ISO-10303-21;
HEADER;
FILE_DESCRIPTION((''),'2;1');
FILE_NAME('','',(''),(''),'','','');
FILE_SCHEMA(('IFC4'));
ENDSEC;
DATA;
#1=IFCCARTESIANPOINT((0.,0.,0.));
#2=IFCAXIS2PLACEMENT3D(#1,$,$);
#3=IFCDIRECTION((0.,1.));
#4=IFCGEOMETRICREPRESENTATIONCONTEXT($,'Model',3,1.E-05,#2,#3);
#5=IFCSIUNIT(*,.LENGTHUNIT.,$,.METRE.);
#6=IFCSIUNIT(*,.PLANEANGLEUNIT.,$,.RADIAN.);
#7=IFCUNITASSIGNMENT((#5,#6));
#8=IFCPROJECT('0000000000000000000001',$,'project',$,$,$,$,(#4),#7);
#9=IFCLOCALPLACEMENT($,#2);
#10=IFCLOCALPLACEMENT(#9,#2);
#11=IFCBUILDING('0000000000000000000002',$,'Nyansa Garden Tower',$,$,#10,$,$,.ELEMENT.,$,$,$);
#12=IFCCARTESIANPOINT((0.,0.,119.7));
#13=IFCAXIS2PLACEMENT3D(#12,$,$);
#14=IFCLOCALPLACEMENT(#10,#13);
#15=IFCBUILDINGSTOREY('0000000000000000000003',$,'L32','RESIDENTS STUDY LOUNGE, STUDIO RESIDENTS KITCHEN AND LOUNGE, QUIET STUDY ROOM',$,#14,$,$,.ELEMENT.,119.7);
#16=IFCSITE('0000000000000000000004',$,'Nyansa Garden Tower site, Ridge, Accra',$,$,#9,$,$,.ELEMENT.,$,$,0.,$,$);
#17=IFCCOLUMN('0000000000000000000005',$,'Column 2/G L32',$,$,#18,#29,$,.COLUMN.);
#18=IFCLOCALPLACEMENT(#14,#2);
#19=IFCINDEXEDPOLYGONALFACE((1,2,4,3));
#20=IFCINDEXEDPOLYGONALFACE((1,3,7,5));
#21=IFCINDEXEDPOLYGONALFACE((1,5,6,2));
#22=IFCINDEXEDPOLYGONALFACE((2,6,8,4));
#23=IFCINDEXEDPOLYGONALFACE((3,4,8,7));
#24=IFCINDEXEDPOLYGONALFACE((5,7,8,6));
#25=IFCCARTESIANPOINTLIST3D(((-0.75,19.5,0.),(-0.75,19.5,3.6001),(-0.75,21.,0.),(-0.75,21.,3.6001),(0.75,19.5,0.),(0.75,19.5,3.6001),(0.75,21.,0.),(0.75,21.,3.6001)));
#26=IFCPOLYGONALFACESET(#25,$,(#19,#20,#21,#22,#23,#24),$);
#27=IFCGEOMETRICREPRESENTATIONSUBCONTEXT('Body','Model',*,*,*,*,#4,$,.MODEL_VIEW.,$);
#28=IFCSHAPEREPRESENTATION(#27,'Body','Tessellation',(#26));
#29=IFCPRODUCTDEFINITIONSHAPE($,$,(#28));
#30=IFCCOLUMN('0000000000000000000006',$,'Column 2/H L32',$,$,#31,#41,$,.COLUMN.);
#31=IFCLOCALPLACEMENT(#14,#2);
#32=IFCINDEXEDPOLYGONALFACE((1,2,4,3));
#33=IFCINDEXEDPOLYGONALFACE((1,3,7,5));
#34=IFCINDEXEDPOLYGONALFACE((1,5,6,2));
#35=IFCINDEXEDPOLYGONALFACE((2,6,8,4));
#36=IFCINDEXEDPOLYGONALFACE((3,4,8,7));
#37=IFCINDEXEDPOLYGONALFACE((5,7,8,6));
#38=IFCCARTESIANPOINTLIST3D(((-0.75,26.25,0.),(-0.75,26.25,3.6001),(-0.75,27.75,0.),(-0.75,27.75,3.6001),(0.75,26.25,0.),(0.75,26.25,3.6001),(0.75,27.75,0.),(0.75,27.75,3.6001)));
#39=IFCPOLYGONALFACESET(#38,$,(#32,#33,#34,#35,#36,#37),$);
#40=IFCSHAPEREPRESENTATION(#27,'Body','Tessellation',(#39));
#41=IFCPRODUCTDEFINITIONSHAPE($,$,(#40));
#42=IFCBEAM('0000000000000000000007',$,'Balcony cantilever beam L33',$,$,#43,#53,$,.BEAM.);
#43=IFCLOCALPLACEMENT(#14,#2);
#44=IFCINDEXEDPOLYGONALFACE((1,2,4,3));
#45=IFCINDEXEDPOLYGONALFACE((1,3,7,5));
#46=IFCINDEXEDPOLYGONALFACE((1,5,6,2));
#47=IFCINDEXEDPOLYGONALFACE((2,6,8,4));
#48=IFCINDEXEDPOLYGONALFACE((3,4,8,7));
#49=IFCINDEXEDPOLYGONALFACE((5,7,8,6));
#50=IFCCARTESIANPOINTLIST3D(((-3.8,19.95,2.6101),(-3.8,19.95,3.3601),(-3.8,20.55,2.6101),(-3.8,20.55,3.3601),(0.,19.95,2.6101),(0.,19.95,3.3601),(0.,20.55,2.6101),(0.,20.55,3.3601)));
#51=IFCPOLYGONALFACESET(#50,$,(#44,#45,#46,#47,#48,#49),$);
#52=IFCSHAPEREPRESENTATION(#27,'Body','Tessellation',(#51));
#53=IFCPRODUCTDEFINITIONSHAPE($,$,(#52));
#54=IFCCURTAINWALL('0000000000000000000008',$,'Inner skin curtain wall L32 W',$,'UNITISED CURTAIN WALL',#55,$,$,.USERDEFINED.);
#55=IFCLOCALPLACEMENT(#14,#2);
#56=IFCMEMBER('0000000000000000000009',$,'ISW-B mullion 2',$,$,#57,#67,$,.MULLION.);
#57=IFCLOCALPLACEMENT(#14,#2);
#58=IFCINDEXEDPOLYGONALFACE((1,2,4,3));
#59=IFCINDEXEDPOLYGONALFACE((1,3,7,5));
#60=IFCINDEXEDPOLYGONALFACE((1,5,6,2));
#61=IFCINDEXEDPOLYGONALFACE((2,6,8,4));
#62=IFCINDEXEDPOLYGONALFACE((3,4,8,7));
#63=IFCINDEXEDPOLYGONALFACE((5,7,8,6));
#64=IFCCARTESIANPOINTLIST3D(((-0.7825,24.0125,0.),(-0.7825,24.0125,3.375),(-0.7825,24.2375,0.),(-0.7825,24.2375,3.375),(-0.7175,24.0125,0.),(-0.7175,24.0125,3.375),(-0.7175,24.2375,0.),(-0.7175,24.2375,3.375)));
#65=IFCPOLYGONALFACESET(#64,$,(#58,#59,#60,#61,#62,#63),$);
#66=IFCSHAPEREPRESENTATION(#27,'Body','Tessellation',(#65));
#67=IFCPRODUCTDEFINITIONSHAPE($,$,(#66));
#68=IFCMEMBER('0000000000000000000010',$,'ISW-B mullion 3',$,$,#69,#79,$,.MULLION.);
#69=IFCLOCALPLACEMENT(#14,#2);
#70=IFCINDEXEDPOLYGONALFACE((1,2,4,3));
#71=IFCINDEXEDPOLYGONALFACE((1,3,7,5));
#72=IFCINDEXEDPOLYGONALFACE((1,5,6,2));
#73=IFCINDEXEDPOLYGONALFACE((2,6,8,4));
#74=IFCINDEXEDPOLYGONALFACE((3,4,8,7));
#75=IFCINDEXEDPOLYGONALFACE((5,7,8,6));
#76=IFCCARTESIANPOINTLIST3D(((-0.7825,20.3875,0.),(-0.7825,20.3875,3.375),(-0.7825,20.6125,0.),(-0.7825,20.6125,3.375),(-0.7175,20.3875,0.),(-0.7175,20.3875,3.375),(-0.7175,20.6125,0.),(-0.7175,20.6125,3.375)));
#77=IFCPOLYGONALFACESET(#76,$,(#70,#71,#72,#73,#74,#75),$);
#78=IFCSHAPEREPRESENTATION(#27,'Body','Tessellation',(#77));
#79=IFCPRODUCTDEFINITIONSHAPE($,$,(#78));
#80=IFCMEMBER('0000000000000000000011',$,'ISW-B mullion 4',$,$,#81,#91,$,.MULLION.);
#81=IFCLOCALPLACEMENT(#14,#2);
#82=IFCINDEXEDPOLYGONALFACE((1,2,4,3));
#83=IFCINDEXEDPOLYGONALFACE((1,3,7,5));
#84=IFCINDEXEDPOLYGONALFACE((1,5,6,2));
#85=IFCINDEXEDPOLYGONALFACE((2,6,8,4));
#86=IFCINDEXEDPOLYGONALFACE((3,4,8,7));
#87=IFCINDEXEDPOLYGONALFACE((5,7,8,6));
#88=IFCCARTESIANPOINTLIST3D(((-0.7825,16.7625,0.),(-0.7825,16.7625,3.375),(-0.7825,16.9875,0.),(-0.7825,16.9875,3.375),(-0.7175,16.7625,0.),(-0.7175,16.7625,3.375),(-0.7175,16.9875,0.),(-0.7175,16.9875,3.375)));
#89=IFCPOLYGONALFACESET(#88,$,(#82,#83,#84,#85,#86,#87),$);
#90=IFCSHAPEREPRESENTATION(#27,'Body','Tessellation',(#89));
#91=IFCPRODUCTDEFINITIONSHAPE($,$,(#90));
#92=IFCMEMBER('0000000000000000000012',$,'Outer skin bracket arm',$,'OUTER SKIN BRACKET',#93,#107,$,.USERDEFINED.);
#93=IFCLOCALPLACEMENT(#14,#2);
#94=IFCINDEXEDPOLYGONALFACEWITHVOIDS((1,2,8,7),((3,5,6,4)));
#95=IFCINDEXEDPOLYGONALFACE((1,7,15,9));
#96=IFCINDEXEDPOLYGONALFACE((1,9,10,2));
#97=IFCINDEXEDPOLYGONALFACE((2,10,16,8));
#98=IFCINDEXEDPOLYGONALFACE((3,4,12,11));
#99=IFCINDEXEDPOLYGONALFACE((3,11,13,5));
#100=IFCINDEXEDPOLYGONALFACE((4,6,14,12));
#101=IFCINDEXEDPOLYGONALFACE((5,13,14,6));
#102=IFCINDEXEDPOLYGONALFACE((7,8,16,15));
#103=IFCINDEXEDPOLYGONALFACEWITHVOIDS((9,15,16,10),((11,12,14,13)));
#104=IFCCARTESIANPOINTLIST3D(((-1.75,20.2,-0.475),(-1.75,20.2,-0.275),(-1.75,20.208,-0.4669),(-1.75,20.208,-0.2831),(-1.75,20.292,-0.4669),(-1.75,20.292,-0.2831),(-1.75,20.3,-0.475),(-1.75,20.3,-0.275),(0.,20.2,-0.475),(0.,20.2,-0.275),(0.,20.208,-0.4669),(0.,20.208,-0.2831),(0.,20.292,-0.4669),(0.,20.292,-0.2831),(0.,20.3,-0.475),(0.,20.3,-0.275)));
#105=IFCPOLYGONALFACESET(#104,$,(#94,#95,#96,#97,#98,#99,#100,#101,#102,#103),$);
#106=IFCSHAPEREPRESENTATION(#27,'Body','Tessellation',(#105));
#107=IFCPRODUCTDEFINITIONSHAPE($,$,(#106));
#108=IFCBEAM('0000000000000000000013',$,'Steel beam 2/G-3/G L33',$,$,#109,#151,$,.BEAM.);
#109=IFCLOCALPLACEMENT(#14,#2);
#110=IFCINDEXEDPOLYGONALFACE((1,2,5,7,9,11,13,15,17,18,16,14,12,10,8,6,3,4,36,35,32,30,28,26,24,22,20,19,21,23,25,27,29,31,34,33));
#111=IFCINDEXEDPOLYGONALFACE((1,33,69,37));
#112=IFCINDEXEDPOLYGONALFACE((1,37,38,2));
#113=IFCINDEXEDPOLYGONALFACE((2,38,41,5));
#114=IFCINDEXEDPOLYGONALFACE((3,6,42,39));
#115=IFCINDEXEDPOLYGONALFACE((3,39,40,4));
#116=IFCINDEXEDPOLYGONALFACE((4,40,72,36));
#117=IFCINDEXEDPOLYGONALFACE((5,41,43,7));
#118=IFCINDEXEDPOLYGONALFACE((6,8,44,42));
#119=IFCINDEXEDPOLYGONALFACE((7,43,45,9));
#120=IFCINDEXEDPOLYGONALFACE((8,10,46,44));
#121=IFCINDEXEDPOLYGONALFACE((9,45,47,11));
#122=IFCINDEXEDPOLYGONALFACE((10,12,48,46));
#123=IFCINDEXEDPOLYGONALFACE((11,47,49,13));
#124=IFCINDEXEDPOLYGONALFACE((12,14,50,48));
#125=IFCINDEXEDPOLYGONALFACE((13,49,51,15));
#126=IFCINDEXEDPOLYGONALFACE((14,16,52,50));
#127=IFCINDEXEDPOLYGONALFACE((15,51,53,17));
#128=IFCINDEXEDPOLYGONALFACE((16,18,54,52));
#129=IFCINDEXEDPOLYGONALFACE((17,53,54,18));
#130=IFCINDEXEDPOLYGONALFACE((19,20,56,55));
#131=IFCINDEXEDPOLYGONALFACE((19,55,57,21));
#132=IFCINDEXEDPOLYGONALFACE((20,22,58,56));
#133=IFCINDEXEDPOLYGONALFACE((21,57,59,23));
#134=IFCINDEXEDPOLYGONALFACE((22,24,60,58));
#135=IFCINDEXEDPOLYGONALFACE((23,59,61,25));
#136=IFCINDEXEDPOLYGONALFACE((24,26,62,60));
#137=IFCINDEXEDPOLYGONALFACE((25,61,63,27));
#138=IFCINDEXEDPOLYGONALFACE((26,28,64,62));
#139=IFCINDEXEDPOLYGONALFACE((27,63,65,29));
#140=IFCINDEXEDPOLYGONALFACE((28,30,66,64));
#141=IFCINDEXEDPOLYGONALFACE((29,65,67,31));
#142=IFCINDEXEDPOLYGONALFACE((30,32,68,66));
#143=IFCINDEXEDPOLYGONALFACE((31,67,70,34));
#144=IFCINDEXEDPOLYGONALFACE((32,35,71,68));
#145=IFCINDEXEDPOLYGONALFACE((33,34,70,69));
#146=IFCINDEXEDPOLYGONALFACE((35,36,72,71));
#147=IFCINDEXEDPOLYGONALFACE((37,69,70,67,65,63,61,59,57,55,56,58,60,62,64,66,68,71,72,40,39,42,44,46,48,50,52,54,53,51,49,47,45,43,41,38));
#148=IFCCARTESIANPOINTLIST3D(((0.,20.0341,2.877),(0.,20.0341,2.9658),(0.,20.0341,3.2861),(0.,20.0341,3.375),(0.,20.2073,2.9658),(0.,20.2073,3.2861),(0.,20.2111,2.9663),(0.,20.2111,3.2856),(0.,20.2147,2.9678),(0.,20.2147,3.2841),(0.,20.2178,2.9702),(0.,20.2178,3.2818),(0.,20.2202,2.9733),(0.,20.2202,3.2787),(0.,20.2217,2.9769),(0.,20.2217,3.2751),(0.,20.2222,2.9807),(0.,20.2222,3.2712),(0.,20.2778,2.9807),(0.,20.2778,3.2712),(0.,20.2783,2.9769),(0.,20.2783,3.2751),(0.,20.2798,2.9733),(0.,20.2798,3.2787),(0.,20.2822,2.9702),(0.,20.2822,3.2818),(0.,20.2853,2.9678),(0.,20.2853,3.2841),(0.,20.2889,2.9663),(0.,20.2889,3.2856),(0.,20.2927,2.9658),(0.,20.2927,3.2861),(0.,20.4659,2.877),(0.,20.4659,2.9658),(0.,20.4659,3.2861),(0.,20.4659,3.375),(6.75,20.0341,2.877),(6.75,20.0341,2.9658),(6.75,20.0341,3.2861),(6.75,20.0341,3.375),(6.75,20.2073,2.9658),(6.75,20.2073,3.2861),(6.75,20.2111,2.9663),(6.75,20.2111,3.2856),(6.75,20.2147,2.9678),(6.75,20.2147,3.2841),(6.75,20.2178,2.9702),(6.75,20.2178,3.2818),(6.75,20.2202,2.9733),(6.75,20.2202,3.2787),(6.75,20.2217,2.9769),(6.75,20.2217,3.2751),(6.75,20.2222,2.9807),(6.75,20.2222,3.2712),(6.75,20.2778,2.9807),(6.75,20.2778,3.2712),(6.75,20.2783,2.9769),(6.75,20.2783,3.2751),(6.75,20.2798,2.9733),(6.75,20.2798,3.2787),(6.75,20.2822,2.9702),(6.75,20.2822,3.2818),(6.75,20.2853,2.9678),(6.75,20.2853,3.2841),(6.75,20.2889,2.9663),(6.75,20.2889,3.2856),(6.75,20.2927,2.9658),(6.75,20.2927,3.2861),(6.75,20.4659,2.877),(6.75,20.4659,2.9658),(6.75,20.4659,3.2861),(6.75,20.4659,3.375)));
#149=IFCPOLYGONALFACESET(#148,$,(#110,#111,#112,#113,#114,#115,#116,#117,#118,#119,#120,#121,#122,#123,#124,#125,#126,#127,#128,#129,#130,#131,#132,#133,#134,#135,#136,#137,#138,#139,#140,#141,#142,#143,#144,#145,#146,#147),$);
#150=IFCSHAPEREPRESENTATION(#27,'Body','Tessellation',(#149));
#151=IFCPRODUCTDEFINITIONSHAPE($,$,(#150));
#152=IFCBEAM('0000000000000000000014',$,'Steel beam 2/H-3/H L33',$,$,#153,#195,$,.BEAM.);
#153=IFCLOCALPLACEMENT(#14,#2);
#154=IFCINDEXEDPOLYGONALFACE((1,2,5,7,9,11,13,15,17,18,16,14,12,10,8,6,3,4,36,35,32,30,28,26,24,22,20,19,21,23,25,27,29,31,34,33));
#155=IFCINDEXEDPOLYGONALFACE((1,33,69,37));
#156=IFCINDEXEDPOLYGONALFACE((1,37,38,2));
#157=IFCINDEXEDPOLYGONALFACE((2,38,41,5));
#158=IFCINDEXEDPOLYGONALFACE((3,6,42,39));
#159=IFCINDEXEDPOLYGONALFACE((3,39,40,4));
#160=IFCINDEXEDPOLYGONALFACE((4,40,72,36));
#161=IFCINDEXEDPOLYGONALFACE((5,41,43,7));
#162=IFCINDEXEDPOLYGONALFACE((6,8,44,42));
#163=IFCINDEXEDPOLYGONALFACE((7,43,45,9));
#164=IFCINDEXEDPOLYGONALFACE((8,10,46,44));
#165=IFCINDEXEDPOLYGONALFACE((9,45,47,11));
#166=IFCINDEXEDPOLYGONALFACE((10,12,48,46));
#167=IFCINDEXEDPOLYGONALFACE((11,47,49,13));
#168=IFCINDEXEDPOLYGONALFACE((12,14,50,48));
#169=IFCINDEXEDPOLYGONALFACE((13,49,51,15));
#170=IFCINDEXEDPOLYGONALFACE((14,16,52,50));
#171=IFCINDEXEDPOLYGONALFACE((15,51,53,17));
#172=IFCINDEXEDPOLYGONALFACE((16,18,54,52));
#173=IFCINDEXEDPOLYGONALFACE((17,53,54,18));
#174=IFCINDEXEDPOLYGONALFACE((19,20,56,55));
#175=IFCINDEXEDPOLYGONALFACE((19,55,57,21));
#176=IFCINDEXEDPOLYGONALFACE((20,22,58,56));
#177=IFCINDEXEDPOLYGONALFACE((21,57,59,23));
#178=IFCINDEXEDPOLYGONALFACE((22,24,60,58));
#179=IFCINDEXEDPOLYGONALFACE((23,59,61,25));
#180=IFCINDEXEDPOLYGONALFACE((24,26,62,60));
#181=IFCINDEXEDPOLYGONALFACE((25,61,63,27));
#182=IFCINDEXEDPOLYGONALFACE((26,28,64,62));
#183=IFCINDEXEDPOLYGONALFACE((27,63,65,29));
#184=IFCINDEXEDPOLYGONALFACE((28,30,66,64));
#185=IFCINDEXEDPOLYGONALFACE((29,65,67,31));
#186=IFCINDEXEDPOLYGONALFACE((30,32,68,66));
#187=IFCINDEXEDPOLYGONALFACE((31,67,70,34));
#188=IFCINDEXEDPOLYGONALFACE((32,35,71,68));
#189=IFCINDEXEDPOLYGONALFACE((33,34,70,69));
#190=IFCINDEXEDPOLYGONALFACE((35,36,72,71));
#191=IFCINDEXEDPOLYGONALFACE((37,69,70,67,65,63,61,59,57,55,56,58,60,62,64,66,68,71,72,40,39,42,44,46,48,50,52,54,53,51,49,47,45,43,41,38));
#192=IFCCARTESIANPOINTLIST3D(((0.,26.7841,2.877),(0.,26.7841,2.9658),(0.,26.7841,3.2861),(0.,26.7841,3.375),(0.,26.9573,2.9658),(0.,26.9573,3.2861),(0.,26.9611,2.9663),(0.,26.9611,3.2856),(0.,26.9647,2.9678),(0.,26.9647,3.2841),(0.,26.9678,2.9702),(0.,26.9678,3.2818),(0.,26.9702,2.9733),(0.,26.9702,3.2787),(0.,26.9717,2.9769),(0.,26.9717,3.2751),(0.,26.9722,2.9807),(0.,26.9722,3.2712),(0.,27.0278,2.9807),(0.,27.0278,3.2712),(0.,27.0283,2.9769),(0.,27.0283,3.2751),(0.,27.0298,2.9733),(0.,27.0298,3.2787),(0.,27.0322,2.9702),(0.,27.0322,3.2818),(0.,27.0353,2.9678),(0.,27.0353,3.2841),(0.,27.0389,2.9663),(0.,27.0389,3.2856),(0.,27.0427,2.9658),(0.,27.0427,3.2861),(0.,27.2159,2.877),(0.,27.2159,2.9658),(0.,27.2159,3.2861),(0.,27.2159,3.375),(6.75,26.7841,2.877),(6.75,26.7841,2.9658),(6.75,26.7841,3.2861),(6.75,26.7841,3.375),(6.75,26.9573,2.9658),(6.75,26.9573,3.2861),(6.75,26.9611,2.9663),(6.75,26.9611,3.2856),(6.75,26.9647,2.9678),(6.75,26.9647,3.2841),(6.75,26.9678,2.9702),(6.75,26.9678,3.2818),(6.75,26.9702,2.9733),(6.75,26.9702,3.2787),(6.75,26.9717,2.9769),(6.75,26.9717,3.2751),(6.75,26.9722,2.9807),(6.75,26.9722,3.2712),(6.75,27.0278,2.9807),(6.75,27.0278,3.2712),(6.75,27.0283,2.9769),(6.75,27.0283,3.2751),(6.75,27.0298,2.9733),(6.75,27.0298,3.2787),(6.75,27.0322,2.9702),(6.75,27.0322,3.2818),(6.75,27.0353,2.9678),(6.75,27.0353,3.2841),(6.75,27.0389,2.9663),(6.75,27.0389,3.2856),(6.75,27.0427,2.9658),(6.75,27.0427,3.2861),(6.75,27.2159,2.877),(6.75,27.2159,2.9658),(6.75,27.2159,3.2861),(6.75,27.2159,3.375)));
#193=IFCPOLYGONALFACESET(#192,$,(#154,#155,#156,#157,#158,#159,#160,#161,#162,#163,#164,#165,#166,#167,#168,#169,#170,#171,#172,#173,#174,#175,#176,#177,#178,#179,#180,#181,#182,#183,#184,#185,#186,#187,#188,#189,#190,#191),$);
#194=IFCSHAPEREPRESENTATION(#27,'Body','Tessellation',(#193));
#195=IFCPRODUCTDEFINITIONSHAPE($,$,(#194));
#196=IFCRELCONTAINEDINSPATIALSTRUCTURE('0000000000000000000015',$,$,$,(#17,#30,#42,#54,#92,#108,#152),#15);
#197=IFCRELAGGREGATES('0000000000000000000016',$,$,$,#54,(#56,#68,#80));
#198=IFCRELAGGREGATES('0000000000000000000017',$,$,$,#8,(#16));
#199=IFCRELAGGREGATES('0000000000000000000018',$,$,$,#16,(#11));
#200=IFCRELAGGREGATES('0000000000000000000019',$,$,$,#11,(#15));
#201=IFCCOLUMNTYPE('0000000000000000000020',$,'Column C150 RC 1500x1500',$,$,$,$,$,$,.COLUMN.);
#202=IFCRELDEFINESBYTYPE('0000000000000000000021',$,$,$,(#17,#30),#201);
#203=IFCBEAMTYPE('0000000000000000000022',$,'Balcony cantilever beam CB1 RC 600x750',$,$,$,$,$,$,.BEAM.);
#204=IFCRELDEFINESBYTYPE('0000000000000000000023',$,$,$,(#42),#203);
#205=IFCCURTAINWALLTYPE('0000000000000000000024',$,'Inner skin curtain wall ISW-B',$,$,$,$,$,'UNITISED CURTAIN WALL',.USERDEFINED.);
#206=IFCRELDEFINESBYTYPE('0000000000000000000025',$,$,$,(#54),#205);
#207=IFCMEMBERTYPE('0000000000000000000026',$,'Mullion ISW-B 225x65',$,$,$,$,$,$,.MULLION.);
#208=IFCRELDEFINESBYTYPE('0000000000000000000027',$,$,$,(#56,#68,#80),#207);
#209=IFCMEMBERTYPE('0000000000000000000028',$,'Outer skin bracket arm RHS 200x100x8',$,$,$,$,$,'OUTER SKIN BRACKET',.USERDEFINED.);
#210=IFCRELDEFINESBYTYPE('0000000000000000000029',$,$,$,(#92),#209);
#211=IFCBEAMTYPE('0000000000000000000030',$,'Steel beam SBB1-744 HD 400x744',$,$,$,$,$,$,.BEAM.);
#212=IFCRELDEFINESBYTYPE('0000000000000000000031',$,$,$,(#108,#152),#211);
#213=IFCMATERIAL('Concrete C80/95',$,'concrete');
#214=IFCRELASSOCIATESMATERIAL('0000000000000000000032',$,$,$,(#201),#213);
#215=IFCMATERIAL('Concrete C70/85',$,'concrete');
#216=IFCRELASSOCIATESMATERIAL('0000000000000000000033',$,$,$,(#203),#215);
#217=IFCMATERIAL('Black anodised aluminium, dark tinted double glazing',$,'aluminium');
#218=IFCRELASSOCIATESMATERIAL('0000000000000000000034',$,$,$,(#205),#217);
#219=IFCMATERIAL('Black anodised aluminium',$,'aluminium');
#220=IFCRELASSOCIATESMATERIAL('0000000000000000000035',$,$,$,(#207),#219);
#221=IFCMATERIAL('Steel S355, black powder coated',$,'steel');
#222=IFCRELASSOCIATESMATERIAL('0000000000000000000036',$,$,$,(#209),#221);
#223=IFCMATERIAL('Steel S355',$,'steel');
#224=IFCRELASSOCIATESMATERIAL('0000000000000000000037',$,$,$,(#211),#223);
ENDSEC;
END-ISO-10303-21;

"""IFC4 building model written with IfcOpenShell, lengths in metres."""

from ifc_helpers import new_model, si_unit, direction, frame, origin, origin_2d, place, context, subcontext, project, spatial, rectangle, hollow_rectangle, i_section, extrude, material, material_profile, profile_set, type_object, element, aggregate, save


model = new_model("IFC4")

# Units and contexts
model_context = context("Model", 3, precision=1e-05, world=origin(), true_north=direction((0.0, 1.0)))
body_context = subcontext(model_context, "Body", "Model", "MODEL_VIEW")
ifc_project = project(units=[si_unit("LENGTHUNIT", "METRE"), si_unit("PLANEANGLEUNIT", "RADIAN")], contexts=[model_context])

# Site, building, storey
site_placement = place(None, origin())
site = spatial("IfcSite", under=ifc_project, at=site_placement, Name="Nyansa Garden Tower site, Ridge, Accra", CompositionType="ELEMENT", RefElevation=0.0)
building_placement = place(site_placement, origin())
building = spatial("IfcBuilding", under=site, at=building_placement, Name="Nyansa Garden Tower", CompositionType="ELEMENT")
storey_placement = place(building_placement, frame((0.0, 0.0, 119.7)))
storey = spatial("IfcBuildingStorey", under=building, at=storey_placement, Name="L32", Description="RESIDENTS STUDY LOUNGE, STUDIO RESIDENTS KITCHEN AND LOUNGE, QUIET STUDY ROOM", CompositionType="ELEMENT", Elevation=119.7)

# Columns
ifc_material_1 = material(Name="Concrete C80/95", Category="concrete")
ifc_material_profile_1 = material_profile(ifc_material_1, rectangle(XDim=1.5, YDim=1.5, at=origin_2d()), Name="RC 1500x1500")
ifc_profile_set_1 = profile_set([ifc_material_profile_1], Name="Concrete C80/95")
column_type = type_object("IfcColumnType", Name="Column C150 RC 1500x1500", PredefinedType="COLUMN", material=ifc_profile_set_1)
for number, where, z_axis, x_axis, name in (
    (1, (0.0, 20.25, 0.0), (0.0, 0.0, 1.0), (1.0, 0.0, 0.0), "Column 2/G L32"),
    (2, (0.0, 27.0, 0.0), (0.0, 0.0, 1.0), (1.0, 0.0, 0.0), "Column 2/H L32"),
):
    element("IfcColumn", number, at=place(storey_placement, frame(where, z_axis=z_axis, x_axis=x_axis)), inside=storey, type_object=column_type, Name=name, PredefinedType="COLUMN", context=body_context, shape_type="SweptSolid", body=[
        extrude(rectangle(XDim=1.5, YDim=1.5, at=origin_2d()), origin(), (0.0, 0.0, 1.0), 3.6001),
    ])

# Beam
ifc_material_2 = material(Name="Concrete C70/85", Category="concrete")
ifc_material_profile_2 = material_profile(ifc_material_2, rectangle(XDim=0.6001, YDim=0.75, at=origin_2d()), Name="RC 600x750")
ifc_profile_set_2 = profile_set([ifc_material_profile_2], Name="Concrete C70/85")
beam_type_1 = type_object("IfcBeamType", Name="Balcony cantilever beam CB1 RC 600x750", PredefinedType="BEAM", material=ifc_profile_set_2)
beam_1_placement = place(storey_placement, frame((0.0, 20.25, 2.9851), z_axis=(-1.0, 0.0, 0.0), x_axis=(0.0, -1.0, 0.0)))
element("IfcBeam", 3, at=beam_1_placement, inside=storey, type_object=beam_type_1, Name="Balcony cantilever beam L33", PredefinedType="BEAM", context=body_context, shape_type="SweptSolid", body=[
    extrude(rectangle(XDim=0.6001, YDim=0.75, at=origin_2d()), origin(), (0.0, 0.0, 1.0), 3.8),
])

# Curtain wall, members
ifc_material_3 = material(Name="Black anodised aluminium, dark tinted double glazing", Category="aluminium")
curtain_wall_type = type_object("IfcCurtainWallType", Name="Inner skin curtain wall ISW-B", ElementType="UNITISED CURTAIN WALL", PredefinedType="USERDEFINED", material=ifc_material_3)
curtain_wall_placement = place(storey_placement, origin())
curtain_wall = element("IfcCurtainWall", 4, at=curtain_wall_placement, inside=storey, type_object=curtain_wall_type, Name="Inner skin curtain wall L32 W", ObjectType="UNITISED CURTAIN WALL", PredefinedType="USERDEFINED")
ifc_material_4 = material(Name="Black anodised aluminium", Category="aluminium")
ifc_material_profile_3 = material_profile(ifc_material_4, rectangle(XDim=0.0649, YDim=0.2251, at=origin_2d()), Name="Mullion 225x65")
ifc_profile_set_3 = profile_set([ifc_material_profile_3], Name="Black anodised aluminium")
member_type_1 = type_object("IfcMemberType", Name="Mullion ISW-B 225x65", PredefinedType="MULLION", material=ifc_profile_set_3)
member_1_placement = place(storey_placement, frame((-0.75, 24.125, 0.0), z_axis=(0.0, 0.0, 1.0), x_axis=(1.0, 0.0, 0.0)))
member_1 = element("IfcMember", 5, at=member_1_placement, type_object=member_type_1, Name="ISW-B mullion 2", PredefinedType="MULLION", context=body_context, shape_type="SweptSolid", body=[
    extrude(rectangle(XDim=0.0649, YDim=0.2251, at=origin_2d()), origin(), (0.0, 0.0, 1.0), 3.375),
])
member_2_placement = place(storey_placement, frame((-0.75, 20.5, 0.0), z_axis=(0.0, 0.0, 1.0), x_axis=(1.0, 0.0, 0.0)))
member_2 = element("IfcMember", 6, at=member_2_placement, type_object=member_type_1, Name="ISW-B mullion 3", PredefinedType="MULLION", context=body_context, shape_type="SweptSolid", body=[
    extrude(rectangle(XDim=0.0649, YDim=0.2251, at=origin_2d()), origin(), (0.0, 0.0, 1.0), 3.375),
])
member_3_placement = place(storey_placement, frame((-0.75, 16.875, 0.0), z_axis=(0.0, 0.0, 1.0), x_axis=(1.0, 0.0, 0.0)))
member_3 = element("IfcMember", 7, at=member_3_placement, type_object=member_type_1, Name="ISW-B mullion 4", PredefinedType="MULLION", context=body_context, shape_type="SweptSolid", body=[
    extrude(rectangle(XDim=0.0649, YDim=0.2251, at=origin_2d()), origin(), (0.0, 0.0, 1.0), 3.375),
])

# Member
ifc_material_5 = material(Name="Steel S355, black powder coated", Category="steel")
ifc_material_profile_4 = material_profile(ifc_material_5, hollow_rectangle(XDim=0.1001, YDim=0.2, WallThickness=0.0081, at=origin_2d()), Name="RHS 200x100x8")
ifc_profile_set_4 = profile_set([ifc_material_profile_4], Name="Steel S355, black powder coated")
member_type_2 = type_object("IfcMemberType", Name="Outer skin bracket arm RHS 200x100x8", ElementType="OUTER SKIN BRACKET", PredefinedType="USERDEFINED", material=ifc_profile_set_4)
member_4_placement = place(storey_placement, frame((0.0, 20.25, -0.375), z_axis=(-1.0, 0.0, 0.0), x_axis=(0.0, -1.0, 0.0)))
element("IfcMember", 8, at=member_4_placement, inside=storey, type_object=member_type_2, Name="Outer skin bracket arm", ObjectType="OUTER SKIN BRACKET", PredefinedType="USERDEFINED", context=body_context, shape_type="SweptSolid", body=[
    extrude(hollow_rectangle(XDim=0.1001, YDim=0.2, WallThickness=0.0081, at=origin_2d()), origin(), (0.0, 0.0, 1.0), 1.75),
])

# Beams
ifc_material_6 = material(Name="Steel S355", Category="steel")
ifc_material_profile_5 = material_profile(ifc_material_6, i_section(OverallWidth=0.4319, OverallDepth=0.498, WebThickness=0.0557, FlangeThickness=0.0889, FilletRadius=0.0149, at=origin_2d()), Name="HD 400x744")
ifc_profile_set_5 = profile_set([ifc_material_profile_5], Name="Steel S355")
beam_type_2 = type_object("IfcBeamType", Name="Steel beam SBB1-744 HD 400x744", PredefinedType="BEAM", material=ifc_profile_set_5)
for number, where, z_axis, x_axis, name in (
    (9, (0.0, 20.25, 3.126), (1.0, 0.0, 0.0), (0.0, 1.0, 0.0), "Steel beam 2/G-3/G L33"),
    (10, (0.0, 27.0, 3.126), (1.0, 0.0, 0.0), (0.0, 1.0, 0.0), "Steel beam 2/H-3/H L33"),
):
    element("IfcBeam", number, at=place(storey_placement, frame(where, z_axis=z_axis, x_axis=x_axis)), inside=storey, type_object=beam_type_2, Name=name, PredefinedType="BEAM", context=body_context, shape_type="SweptSolid", body=[
        extrude(i_section(OverallWidth=0.4319, OverallDepth=0.498, WebThickness=0.0557, FlangeThickness=0.0889, FilletRadius=0.0149, at=origin_2d()), origin(), (0.0, 0.0, 1.0), 6.75),
    ])

aggregate(curtain_wall, [member_1, member_2, member_3])

save(model, "model.ifc")
